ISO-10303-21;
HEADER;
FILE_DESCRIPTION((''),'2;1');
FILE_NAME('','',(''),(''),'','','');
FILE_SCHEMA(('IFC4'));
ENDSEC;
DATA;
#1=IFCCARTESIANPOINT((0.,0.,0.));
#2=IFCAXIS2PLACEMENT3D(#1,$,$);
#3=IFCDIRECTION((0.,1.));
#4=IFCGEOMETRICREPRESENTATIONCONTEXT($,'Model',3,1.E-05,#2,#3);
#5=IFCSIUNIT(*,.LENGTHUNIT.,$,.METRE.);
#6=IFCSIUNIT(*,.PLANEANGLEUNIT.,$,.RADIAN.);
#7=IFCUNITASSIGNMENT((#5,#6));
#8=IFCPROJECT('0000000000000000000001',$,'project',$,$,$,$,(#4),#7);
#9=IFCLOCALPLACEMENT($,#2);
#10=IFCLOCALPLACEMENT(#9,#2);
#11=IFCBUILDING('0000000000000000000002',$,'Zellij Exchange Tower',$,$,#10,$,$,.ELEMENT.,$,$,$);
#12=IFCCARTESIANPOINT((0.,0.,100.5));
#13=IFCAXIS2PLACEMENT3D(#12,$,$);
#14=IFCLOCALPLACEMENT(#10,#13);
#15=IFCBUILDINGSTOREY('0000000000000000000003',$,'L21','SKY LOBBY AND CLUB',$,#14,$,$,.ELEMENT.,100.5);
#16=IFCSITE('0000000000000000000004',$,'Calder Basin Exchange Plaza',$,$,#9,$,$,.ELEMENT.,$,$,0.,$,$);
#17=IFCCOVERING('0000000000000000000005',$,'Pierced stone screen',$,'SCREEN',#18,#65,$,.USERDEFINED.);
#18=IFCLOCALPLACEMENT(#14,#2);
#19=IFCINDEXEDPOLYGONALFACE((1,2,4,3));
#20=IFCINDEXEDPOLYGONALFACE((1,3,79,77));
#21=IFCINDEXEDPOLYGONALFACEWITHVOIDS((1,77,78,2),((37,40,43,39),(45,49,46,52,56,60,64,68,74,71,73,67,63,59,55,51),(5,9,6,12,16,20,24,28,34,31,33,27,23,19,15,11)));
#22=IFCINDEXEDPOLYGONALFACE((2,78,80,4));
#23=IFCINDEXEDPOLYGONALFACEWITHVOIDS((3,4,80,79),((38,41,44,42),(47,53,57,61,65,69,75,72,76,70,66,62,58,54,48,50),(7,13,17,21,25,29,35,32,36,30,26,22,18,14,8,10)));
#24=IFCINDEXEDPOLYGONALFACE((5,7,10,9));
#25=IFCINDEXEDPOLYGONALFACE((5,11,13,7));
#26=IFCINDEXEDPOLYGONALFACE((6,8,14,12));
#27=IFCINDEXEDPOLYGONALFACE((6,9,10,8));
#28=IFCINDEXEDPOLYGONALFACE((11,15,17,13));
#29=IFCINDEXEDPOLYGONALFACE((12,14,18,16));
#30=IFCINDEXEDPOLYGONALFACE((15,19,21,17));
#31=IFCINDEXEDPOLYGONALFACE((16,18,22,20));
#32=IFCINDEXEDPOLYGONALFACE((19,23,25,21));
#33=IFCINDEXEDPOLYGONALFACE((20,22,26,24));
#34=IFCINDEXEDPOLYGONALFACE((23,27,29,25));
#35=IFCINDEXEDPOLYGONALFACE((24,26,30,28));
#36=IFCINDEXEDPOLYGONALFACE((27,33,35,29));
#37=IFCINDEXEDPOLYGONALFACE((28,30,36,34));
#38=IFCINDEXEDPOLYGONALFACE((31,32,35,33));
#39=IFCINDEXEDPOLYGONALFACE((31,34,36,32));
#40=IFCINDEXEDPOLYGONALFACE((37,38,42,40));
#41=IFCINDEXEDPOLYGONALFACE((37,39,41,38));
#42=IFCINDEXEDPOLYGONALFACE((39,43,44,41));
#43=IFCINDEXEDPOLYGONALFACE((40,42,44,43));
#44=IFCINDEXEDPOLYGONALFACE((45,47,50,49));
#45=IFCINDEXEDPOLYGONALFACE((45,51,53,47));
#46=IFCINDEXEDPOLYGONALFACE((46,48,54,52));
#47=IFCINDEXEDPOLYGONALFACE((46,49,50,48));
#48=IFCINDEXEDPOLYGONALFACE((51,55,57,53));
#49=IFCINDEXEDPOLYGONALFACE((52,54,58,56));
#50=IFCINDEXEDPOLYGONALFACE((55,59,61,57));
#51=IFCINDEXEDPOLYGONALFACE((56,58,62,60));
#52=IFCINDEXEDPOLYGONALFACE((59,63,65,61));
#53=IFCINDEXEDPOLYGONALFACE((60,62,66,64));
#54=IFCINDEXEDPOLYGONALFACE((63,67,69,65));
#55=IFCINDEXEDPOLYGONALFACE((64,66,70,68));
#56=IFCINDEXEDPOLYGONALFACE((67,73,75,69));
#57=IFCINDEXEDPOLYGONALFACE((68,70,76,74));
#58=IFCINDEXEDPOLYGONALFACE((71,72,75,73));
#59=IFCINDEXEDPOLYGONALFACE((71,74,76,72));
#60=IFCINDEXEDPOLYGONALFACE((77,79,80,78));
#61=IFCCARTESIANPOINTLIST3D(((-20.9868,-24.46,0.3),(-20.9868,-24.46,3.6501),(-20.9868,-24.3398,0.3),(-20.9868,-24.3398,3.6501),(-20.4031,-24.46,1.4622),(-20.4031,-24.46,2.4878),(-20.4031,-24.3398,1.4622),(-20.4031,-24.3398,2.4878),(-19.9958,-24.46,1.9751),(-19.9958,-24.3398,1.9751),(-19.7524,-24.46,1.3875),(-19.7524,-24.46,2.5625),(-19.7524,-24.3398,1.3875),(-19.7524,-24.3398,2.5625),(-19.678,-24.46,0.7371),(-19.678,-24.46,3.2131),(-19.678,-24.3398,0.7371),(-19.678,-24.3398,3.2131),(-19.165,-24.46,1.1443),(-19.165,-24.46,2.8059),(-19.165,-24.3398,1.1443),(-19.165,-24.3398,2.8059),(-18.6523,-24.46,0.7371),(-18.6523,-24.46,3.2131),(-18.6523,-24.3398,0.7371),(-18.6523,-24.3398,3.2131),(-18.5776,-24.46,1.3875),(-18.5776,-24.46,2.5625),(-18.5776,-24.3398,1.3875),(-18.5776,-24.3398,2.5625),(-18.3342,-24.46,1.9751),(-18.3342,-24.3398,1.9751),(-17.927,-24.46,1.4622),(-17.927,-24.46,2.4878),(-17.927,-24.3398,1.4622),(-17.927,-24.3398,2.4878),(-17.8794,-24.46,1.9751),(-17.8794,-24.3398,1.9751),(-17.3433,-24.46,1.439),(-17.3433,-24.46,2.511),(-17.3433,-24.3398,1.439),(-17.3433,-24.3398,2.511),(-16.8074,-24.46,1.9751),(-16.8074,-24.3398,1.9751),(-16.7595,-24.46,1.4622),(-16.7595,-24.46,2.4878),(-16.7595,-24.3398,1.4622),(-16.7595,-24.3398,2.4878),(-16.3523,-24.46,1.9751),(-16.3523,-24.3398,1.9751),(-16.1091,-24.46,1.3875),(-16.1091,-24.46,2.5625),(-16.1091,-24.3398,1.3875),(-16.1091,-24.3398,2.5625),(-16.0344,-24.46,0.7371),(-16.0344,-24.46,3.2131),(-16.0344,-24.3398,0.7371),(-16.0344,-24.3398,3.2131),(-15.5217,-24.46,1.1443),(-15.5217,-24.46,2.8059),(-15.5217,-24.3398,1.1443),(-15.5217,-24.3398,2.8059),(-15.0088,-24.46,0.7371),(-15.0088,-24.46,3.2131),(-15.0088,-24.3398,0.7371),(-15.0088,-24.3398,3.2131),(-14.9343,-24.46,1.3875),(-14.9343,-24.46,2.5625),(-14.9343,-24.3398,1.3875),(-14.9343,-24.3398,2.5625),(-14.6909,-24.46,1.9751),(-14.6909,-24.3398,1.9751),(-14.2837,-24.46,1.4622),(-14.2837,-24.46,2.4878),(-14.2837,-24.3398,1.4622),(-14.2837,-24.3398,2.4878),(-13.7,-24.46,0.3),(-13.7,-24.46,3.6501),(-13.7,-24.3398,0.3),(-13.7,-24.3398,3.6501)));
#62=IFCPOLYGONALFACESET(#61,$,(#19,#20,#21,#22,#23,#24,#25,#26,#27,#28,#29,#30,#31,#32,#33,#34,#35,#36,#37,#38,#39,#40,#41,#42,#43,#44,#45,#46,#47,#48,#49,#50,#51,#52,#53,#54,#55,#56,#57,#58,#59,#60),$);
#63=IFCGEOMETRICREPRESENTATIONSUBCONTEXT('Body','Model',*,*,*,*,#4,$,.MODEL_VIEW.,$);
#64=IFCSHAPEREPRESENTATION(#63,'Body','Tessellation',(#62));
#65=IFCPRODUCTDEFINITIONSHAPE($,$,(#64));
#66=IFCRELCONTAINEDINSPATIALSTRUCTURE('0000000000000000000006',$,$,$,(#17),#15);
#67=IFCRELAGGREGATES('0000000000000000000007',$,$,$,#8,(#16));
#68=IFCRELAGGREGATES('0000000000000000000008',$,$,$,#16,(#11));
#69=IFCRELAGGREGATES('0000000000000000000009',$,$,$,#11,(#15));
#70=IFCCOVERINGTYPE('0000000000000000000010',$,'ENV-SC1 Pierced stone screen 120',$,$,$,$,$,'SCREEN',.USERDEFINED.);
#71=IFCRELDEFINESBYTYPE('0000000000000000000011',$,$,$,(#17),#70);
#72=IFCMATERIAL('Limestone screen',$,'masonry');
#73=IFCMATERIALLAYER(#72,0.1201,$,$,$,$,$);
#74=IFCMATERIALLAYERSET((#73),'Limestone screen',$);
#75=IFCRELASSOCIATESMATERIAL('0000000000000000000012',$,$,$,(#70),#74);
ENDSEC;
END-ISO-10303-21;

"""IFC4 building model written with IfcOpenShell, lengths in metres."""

from ifc_helpers import new_model, si_unit, direction, frame, origin, place, context, subcontext, project, spatial, polyline, outline, extrude, material, layer, layer_set, type_object, element, save


model = new_model("IFC4")

# Units and contexts
model_context = context("Model", 3, precision=1e-05, world=origin(), true_north=direction((0.0, 1.0)))
body_context = subcontext(model_context, "Body", "Model", "MODEL_VIEW")
ifc_project = project(units=[si_unit("LENGTHUNIT", "METRE"), si_unit("PLANEANGLEUNIT", "RADIAN")], contexts=[model_context])

# Site, building, storey
site_placement = place(None, origin())
site = spatial("IfcSite", under=ifc_project, at=site_placement, Name="Calder Basin Exchange Plaza", CompositionType="ELEMENT", RefElevation=0.0)
building_placement = place(site_placement, origin())
building = spatial("IfcBuilding", under=site, at=building_placement, Name="Zellij Exchange Tower", CompositionType="ELEMENT")
storey_placement = place(building_placement, frame((0.0, 0.0, 100.5)))
storey = spatial("IfcBuildingStorey", under=building, at=storey_placement, Name="L21", Description="SKY LOBBY AND CLUB", CompositionType="ELEMENT", Elevation=100.5)

# Covering
ifc_material_1 = material(Name="Limestone screen", Category="masonry")
ifc_layer_1 = layer(ifc_material_1, 0.1201)
ifc_layer_set_1 = layer_set([ifc_layer_1], Name="Limestone screen")
covering_type_1 = type_object("IfcCoveringType", Name="ENV-SC1 Pierced stone screen 120", ElementType="SCREEN", PredefinedType="USERDEFINED", material=ifc_layer_set_1)
covering_1_placement = place(storey_placement, frame((-20.9868, -24.3999, 0.3), z_axis=(0.0, 0.0, 1.0), x_axis=(1.0, 0.0, 0.0)))
element("IfcCovering", 1, at=covering_1_placement, inside=storey, type_object=covering_type_1, Name="Pierced stone screen", ObjectType="SCREEN", PredefinedType="USERDEFINED", context=body_context, shape_type="SweptSolid", body=[
    extrude(outline(polyline([(0.0, 0.0), (7.2869, 0.0), (7.2869, 3.3501), (0.0, 3.3501), (0.0, 0.0)]), holes=[polyline([(3.0598, 2.1877), (2.4092, 2.2625), (2.3345, 2.9131), (1.8218, 2.5059), (1.3088, 2.9131), (1.2344, 2.2625), (0.5837, 2.1877), (0.991, 1.675), (0.5837, 1.1621), (1.2344, 1.0874), (1.3088, 0.437), (1.8218, 0.8442), (2.3345, 0.437), (2.4092, 1.0874), (3.0598, 1.1621), (2.6526, 1.675), (3.0598, 2.1877)]), polyline([(6.7031, 2.1877), (6.0525, 2.2625), (5.978, 2.9131), (5.4651, 2.5059), (4.9524, 2.9131), (4.8777, 2.2625), (4.2273, 2.1877), (4.6345, 1.675), (4.2273, 1.1621), (4.8777, 1.0874), (4.9524, 0.437), (5.4651, 0.8442), (5.978, 0.437), (6.0525, 1.0874), (6.7031, 1.1621), (6.2959, 1.675), (6.7031, 2.1877)]), polyline([(4.1794, 1.675), (3.6436, 2.2109), (3.1074, 1.675), (3.6436, 1.1389), (4.1794, 1.675)])]), frame((0.0, 0.0601, 0.0), z_axis=(0.0, -1.0, 0.0), x_axis=(1.0, 0.0, 0.0)), (0.0, 0.0, 1.0), 0.1201),
])

save(model, "model.ifc")
